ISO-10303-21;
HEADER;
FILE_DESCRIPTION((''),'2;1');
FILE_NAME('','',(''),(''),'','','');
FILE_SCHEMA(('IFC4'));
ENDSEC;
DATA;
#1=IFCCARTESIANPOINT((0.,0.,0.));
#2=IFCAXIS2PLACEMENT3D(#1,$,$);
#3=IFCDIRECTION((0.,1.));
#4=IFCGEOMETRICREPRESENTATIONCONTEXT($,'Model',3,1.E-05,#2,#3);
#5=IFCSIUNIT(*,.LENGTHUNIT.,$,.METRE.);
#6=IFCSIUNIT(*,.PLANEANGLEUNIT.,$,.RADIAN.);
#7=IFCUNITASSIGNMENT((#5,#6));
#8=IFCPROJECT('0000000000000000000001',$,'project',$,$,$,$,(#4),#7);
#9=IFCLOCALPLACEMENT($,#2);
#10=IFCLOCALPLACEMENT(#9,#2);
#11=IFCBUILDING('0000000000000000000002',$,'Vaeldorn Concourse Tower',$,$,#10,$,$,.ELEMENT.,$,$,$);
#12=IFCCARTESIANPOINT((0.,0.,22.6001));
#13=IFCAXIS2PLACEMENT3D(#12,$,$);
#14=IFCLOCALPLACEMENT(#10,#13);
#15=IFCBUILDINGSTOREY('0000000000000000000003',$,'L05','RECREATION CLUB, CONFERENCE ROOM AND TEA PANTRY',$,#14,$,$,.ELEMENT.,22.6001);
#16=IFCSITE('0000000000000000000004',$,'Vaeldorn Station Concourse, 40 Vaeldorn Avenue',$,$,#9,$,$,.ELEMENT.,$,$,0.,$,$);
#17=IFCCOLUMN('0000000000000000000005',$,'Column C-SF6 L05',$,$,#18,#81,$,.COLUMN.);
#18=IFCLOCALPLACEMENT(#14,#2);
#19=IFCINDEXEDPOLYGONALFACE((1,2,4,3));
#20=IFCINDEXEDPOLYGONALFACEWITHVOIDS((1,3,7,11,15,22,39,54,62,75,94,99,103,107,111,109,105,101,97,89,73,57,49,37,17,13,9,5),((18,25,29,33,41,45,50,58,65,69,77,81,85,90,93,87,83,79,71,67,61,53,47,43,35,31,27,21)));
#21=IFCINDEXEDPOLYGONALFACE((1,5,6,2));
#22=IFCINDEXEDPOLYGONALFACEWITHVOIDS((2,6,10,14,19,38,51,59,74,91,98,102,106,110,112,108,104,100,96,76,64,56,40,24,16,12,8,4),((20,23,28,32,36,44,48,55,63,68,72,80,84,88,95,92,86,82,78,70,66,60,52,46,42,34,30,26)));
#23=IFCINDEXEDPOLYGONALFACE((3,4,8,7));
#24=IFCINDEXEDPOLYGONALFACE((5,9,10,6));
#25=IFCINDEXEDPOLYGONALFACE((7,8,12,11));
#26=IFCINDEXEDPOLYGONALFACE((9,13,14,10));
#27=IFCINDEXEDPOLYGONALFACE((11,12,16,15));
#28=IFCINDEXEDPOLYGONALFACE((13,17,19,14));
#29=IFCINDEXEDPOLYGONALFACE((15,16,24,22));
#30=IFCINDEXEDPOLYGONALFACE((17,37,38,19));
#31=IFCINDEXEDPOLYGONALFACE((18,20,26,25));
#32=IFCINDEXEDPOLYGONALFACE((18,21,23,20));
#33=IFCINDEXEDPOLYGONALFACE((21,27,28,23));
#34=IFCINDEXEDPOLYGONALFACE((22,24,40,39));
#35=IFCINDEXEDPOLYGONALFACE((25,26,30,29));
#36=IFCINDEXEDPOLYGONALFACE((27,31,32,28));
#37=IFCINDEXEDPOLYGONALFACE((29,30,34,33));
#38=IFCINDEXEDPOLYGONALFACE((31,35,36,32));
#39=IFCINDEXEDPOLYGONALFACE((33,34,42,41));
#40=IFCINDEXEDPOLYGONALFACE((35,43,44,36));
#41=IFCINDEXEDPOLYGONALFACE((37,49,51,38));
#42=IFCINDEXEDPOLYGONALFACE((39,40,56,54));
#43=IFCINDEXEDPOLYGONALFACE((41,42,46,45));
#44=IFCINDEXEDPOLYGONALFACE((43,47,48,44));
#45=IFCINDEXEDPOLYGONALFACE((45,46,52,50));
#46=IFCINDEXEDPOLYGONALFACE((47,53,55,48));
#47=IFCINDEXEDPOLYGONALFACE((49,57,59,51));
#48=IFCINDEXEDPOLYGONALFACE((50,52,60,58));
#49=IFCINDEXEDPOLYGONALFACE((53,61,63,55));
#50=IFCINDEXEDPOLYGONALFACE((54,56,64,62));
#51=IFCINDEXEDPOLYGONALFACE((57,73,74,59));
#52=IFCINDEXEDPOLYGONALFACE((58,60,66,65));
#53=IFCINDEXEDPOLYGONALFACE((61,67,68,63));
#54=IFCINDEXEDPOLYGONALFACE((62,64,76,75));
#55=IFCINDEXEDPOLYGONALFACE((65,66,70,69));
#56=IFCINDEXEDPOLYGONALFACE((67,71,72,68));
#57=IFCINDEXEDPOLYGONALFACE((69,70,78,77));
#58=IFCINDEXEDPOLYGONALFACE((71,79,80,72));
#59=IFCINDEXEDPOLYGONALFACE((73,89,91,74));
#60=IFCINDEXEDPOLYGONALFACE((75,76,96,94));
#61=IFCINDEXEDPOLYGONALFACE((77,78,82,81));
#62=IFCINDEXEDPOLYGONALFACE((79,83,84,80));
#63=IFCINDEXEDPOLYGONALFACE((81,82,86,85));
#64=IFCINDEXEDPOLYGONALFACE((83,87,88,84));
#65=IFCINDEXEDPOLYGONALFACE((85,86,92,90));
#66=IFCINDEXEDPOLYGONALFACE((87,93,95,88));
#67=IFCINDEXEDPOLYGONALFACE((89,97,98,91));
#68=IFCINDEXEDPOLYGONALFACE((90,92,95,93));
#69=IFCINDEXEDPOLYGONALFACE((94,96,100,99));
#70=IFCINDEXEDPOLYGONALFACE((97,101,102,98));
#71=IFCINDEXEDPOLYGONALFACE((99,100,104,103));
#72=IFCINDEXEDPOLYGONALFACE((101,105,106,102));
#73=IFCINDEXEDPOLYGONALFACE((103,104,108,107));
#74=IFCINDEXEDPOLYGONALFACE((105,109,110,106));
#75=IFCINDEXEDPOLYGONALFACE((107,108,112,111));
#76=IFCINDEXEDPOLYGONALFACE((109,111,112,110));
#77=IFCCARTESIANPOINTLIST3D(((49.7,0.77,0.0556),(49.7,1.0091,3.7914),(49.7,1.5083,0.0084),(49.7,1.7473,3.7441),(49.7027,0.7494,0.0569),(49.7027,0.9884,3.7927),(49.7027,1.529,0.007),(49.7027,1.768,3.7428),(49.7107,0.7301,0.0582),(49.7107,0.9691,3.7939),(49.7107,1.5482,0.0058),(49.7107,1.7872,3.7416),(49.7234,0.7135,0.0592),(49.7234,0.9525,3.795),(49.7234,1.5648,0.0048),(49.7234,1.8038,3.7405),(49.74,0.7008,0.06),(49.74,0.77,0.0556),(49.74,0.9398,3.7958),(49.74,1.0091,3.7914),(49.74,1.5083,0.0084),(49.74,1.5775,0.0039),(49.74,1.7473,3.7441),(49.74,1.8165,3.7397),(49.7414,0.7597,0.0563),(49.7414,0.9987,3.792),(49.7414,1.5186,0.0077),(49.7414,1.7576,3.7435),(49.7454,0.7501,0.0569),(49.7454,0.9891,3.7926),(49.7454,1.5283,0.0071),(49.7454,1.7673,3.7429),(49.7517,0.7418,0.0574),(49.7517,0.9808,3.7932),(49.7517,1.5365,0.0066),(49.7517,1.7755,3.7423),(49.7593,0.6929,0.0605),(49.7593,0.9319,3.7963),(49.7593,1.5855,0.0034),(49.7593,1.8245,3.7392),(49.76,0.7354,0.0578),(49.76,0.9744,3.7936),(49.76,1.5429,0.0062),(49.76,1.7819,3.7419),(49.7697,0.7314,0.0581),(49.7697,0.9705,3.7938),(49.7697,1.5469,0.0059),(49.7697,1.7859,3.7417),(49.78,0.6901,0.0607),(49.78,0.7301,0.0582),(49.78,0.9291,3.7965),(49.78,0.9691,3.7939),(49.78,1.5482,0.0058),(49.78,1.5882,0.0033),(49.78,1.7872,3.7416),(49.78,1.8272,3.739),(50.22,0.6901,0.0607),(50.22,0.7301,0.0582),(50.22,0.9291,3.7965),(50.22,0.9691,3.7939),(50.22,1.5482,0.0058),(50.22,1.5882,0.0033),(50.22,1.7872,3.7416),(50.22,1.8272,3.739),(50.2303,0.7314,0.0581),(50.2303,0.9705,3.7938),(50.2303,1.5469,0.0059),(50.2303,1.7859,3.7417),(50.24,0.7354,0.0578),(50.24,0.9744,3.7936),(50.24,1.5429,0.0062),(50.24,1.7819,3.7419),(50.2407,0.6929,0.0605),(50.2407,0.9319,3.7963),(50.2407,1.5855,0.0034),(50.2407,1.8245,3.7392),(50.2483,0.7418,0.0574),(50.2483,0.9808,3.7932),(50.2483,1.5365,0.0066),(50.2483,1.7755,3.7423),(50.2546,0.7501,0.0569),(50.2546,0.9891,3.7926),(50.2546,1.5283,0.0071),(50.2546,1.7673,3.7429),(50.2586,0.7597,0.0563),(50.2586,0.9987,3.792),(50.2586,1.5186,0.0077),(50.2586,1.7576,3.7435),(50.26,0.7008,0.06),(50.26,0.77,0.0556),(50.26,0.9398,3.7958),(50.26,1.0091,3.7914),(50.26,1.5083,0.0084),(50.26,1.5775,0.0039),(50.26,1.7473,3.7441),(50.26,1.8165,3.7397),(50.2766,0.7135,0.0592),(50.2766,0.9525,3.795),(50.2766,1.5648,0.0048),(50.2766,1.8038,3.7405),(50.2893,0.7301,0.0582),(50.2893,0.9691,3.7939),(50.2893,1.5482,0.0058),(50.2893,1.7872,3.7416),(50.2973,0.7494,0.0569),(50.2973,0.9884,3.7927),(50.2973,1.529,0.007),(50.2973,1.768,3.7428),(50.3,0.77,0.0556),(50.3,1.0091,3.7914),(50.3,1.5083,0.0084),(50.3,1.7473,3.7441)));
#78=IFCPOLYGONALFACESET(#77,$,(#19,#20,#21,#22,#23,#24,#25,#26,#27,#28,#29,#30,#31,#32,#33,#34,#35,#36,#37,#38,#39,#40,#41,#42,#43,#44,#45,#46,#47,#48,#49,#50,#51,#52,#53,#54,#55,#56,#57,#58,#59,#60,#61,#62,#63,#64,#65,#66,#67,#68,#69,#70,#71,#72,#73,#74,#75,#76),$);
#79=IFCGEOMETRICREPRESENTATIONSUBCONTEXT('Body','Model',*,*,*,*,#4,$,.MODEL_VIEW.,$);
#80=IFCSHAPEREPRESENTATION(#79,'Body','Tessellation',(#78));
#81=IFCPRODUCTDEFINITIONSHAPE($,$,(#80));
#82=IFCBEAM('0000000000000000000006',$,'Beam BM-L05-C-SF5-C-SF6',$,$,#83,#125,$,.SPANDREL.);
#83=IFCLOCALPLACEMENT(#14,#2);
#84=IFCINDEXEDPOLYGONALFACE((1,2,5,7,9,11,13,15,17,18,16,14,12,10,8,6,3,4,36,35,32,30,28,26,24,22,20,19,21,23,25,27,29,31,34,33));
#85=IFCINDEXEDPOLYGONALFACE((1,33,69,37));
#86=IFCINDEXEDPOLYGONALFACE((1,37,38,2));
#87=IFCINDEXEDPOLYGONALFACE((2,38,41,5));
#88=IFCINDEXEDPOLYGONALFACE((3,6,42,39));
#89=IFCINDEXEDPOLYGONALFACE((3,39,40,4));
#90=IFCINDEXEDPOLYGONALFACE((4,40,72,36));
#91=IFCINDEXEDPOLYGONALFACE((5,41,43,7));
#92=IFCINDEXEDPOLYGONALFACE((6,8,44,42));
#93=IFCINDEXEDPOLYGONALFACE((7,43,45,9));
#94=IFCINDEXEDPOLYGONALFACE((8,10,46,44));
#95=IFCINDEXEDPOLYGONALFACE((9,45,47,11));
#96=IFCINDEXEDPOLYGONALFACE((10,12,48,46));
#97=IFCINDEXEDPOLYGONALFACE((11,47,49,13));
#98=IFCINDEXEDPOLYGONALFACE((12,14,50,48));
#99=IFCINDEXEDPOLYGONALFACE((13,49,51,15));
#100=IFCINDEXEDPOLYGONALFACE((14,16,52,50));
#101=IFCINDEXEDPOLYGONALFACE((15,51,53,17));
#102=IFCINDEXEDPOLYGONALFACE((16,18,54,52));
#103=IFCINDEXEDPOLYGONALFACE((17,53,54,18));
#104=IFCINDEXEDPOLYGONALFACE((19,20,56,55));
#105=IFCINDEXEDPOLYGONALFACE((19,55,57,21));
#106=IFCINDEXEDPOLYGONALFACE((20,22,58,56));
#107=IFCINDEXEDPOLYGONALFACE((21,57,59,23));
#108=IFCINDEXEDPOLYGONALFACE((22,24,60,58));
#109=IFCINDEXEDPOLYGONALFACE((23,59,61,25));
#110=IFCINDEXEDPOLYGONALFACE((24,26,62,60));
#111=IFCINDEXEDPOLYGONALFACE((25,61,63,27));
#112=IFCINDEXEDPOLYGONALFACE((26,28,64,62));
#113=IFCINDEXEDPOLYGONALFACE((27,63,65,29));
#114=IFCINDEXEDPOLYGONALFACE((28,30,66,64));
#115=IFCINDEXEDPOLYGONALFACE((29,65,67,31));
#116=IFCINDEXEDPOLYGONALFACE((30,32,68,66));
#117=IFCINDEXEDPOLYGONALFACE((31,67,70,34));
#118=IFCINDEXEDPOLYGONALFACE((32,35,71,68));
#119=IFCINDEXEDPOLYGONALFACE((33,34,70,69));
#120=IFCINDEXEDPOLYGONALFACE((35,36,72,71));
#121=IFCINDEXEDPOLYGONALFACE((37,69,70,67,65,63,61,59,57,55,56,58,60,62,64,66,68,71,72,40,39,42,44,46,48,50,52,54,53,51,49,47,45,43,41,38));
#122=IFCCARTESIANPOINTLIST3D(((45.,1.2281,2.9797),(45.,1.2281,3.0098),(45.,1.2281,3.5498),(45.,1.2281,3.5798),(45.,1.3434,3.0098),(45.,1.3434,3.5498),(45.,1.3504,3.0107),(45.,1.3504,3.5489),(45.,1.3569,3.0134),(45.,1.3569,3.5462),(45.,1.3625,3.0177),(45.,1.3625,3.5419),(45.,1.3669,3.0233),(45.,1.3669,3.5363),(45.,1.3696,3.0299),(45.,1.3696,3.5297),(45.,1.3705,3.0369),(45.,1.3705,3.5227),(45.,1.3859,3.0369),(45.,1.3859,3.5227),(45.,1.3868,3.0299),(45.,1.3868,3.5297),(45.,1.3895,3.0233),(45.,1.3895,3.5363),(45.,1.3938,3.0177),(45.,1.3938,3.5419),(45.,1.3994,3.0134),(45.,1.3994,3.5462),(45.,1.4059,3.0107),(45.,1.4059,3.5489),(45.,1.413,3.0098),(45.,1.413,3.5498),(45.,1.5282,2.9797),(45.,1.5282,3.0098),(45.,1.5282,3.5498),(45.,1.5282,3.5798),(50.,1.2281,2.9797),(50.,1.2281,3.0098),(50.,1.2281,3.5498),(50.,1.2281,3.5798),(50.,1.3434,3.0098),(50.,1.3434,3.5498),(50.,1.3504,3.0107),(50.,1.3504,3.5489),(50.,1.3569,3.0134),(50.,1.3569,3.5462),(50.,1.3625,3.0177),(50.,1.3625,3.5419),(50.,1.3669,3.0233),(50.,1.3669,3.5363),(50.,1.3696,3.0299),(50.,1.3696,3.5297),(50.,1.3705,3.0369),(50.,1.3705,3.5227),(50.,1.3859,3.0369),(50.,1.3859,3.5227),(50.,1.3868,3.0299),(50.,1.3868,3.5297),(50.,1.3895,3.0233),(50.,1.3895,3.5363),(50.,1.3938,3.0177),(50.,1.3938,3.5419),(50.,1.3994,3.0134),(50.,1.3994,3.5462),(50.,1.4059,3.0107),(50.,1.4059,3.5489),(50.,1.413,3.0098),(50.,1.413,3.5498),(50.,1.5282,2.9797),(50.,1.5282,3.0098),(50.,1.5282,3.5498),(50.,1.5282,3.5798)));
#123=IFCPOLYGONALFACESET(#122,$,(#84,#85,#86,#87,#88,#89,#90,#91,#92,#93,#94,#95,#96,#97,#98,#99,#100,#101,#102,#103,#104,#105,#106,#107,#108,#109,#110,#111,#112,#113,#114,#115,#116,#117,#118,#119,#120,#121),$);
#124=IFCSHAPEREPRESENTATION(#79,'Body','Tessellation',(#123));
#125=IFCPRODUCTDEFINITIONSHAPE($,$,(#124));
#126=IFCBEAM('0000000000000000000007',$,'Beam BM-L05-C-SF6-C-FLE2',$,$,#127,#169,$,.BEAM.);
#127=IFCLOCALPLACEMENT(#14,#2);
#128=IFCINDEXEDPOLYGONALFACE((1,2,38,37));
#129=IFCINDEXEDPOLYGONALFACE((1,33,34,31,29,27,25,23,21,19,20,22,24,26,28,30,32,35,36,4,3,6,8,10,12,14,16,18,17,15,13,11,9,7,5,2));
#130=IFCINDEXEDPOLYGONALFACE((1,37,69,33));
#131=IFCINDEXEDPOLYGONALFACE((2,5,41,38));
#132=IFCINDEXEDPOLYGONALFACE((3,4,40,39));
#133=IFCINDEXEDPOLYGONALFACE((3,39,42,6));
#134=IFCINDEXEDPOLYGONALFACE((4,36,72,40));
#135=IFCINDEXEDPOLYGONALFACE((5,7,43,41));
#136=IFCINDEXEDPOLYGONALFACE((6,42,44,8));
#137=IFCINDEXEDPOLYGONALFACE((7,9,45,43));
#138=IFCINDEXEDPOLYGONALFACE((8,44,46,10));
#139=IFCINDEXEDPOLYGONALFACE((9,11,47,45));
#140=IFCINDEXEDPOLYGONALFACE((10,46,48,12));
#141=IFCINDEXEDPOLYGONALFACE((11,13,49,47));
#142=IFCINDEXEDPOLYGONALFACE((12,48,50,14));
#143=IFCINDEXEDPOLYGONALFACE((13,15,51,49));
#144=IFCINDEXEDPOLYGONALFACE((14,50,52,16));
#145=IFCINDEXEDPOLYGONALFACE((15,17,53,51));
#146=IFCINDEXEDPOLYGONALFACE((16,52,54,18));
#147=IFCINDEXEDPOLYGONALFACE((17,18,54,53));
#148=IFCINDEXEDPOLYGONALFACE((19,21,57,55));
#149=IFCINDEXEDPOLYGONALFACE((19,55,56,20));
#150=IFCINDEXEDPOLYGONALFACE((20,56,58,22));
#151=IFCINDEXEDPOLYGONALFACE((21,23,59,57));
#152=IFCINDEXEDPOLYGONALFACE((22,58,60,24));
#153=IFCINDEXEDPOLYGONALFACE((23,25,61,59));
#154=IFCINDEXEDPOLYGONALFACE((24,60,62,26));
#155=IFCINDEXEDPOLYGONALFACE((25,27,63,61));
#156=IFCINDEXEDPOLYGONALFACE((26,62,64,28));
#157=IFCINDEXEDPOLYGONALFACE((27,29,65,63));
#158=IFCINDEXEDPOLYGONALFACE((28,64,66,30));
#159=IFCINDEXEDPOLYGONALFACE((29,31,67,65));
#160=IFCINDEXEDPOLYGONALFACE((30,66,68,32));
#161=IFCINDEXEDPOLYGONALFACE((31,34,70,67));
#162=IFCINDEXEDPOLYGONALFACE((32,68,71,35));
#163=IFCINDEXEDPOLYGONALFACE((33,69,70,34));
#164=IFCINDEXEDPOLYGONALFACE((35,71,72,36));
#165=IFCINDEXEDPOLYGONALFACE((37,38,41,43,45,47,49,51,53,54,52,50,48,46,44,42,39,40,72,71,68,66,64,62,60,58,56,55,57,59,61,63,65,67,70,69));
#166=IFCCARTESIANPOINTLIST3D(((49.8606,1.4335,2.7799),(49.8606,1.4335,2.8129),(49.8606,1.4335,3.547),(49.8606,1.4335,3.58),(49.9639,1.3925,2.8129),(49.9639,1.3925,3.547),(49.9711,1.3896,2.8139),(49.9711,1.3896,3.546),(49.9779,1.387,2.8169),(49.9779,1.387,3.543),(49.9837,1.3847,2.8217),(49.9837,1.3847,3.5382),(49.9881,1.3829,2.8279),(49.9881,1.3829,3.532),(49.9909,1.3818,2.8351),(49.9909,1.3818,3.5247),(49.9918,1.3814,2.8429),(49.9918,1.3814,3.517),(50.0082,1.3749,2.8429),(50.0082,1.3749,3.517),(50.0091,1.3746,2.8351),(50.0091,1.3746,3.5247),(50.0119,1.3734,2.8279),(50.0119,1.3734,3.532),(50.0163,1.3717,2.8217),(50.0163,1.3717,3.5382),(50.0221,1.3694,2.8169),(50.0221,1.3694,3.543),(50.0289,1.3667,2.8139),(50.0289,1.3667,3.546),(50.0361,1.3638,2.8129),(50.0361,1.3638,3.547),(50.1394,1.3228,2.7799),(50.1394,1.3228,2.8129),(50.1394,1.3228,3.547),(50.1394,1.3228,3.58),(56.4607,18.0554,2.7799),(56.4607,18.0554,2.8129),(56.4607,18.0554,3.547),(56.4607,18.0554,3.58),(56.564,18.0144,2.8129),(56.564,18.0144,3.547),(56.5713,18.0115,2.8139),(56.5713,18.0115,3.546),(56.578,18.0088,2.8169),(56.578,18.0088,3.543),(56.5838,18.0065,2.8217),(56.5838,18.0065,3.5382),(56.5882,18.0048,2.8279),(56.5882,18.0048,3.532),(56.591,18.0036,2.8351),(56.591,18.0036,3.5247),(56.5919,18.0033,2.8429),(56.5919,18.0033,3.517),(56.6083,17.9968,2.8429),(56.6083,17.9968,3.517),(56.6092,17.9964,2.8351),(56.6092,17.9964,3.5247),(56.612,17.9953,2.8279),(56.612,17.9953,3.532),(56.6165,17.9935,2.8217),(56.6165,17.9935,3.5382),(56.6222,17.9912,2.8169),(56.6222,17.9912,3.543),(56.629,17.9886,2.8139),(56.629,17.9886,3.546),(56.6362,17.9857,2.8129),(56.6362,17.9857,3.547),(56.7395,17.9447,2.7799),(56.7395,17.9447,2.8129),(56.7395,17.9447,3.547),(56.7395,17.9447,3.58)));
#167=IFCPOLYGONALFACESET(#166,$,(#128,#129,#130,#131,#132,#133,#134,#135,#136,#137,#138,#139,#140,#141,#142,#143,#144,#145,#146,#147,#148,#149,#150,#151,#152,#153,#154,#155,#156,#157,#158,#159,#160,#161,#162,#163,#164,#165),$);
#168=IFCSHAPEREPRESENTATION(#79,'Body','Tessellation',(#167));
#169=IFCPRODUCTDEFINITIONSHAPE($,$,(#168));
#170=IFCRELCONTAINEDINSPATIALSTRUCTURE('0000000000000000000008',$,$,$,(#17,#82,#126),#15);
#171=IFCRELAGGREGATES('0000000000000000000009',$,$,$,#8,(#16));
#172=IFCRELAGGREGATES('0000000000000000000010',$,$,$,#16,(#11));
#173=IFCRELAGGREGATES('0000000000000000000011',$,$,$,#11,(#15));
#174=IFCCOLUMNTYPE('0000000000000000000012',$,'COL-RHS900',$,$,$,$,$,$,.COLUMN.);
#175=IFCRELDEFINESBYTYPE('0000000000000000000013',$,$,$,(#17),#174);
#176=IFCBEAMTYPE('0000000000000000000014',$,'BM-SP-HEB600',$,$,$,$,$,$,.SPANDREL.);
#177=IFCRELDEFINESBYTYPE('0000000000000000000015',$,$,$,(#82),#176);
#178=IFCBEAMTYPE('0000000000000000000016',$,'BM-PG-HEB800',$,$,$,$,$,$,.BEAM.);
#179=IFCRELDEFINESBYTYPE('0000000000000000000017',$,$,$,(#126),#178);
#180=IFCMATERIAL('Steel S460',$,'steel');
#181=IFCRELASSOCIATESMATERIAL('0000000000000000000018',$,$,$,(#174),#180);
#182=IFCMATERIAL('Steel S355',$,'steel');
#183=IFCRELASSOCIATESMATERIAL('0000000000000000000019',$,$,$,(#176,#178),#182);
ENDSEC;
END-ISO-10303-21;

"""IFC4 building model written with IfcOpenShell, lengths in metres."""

from ifc_helpers import new_model, si_unit, direction, frame, origin, origin_2d, place, context, subcontext, project, spatial, hollow_rectangle, i_section, extrude, source, transform, mapped, material, material_profile, profile_set, type_object, element, save


model = new_model("IFC4")

# Units and contexts
model_context = context("Model", 3, precision=1e-05, world=origin(), true_north=direction((0.0, 1.0)))
body_context = subcontext(model_context, "Body", "Model", "MODEL_VIEW")
ifc_project = project(units=[si_unit("LENGTHUNIT", "METRE"), si_unit("PLANEANGLEUNIT", "RADIAN")], contexts=[model_context])

# Site, building, storey
site_placement = place(None, origin())
site = spatial("IfcSite", under=ifc_project, at=site_placement, Name="Vaeldorn Station Concourse, 40 Vaeldorn Avenue", CompositionType="ELEMENT", RefElevation=0.0)
building_placement = place(site_placement, origin())
building = spatial("IfcBuilding", under=site, at=building_placement, Name="Vaeldorn Concourse Tower", CompositionType="ELEMENT")
storey_placement = place(building_placement, frame((0.0, 0.0, 22.6001)))
storey = spatial("IfcBuildingStorey", under=building, at=storey_placement, Name="L05", Description="RECREATION CLUB, CONFERENCE ROOM AND TEA PANTRY", CompositionType="ELEMENT", Elevation=22.6001)

# Column
ifc_material_1 = material(Name="Steel S460", Category="steel")
ifc_material_profile_1 = material_profile(ifc_material_1, hollow_rectangle(XDim=0.6001, YDim=0.8999, WallThickness=0.04, InnerFilletRadius=0.04, OuterFilletRadius=0.0801, at=origin_2d()), Name="RHS 900x600x40")
ifc_profile_set_1 = profile_set([ifc_material_profile_1], Name="Steel S460")
column_type = type_object("IfcColumnType", Name="COL-RHS900", PredefinedType="COLUMN", material=ifc_profile_set_1)
shared_shape_1 = source(origin(), body_context, "Body", "SweptSolid", [
    extrude(hollow_rectangle(XDim=0.6001, YDim=0.8999, WallThickness=0.04, InnerFilletRadius=0.04, OuterFilletRadius=0.0801, at=origin_2d()), origin(), (0.0, 0.0, 1.0), 3.7434),
])
column_placement = place(storey_placement, frame((50.0, 1.1392, 0.032), z_axis=(0.0, 0.063848, 0.99796), x_axis=(-1.0, 0.0, 0.0)))
element("IfcColumn", 1, at=column_placement, inside=storey, type_object=column_type, Name="Column C-SF6 L05", PredefinedType="COLUMN", context=body_context, shape_type="MappedRepresentation", body=[
    mapped(shared_shape_1, transform((0.0, 0.0, 0.0), scale=1.0)),
])

# Beams
ifc_material_2 = material(Name="Steel S355", Category="steel")
ifc_material_profile_2 = material_profile(ifc_material_2, i_section(OverallWidth=0.3, OverallDepth=0.6001, WebThickness=0.0154, FlangeThickness=0.03, FilletRadius=0.0271, at=origin_2d()), Name="HEB 600")
ifc_profile_set_2 = profile_set([ifc_material_profile_2], Name="Steel S355")
beam_type_1 = type_object("IfcBeamType", Name="BM-SP-HEB600", PredefinedType="SPANDREL", material=ifc_profile_set_2)
shared_shape_2 = source(origin(), body_context, "Body", "SweptSolid", [
    extrude(i_section(OverallWidth=0.3, OverallDepth=0.6001, WebThickness=0.0154, FlangeThickness=0.03, FilletRadius=0.0271, at=origin_2d()), origin(), (0.0, 0.0, 1.0), 5.0),
])
beam_1_placement = place(storey_placement, frame((45.0, 1.3782, 3.2798), z_axis=(1.0, 0.0, 0.0), x_axis=(0.0, 1.0, 0.0)))
element("IfcBeam", 2, at=beam_1_placement, inside=storey, type_object=beam_type_1, Name="Beam BM-L05-C-SF5-C-SF6", PredefinedType="SPANDREL", context=body_context, shape_type="MappedRepresentation", body=[
    mapped(shared_shape_2, transform((0.0, 0.0, 0.0), scale=1.0)),
])
ifc_material_profile_3 = material_profile(ifc_material_2, i_section(OverallWidth=0.3, OverallDepth=0.8, WebThickness=0.0176, FlangeThickness=0.033, FilletRadius=0.03, at=origin_2d()), Name="HEB 800")
ifc_profile_set_3 = profile_set([ifc_material_profile_3], Name="Steel S355")
beam_type_2 = type_object("IfcBeamType", Name="BM-PG-HEB800", PredefinedType="BEAM", material=ifc_profile_set_3)
shared_shape_3 = source(origin(), body_context, "Body", "SweptSolid", [
    extrude(i_section(OverallWidth=0.3, OverallDepth=0.8, WebThickness=0.0176, FlangeThickness=0.033, FilletRadius=0.03, at=origin_2d()), origin(), (0.0, 0.0, 1.0), 17.8843),
])
beam_2_placement = place(storey_placement, frame((50.0, 1.3782, 3.1799), z_axis=(0.369045, 0.929411, 0.0), x_axis=(-0.929411, 0.369045, 0.0)))
element("IfcBeam", 3, at=beam_2_placement, inside=storey, type_object=beam_type_2, Name="Beam BM-L05-C-SF6-C-FLE2", PredefinedType="BEAM", context=body_context, shape_type="MappedRepresentation", body=[
    mapped(shared_shape_3, transform((0.0, 0.0, 0.0), scale=1.0)),
])

save(model, "model.ifc")
